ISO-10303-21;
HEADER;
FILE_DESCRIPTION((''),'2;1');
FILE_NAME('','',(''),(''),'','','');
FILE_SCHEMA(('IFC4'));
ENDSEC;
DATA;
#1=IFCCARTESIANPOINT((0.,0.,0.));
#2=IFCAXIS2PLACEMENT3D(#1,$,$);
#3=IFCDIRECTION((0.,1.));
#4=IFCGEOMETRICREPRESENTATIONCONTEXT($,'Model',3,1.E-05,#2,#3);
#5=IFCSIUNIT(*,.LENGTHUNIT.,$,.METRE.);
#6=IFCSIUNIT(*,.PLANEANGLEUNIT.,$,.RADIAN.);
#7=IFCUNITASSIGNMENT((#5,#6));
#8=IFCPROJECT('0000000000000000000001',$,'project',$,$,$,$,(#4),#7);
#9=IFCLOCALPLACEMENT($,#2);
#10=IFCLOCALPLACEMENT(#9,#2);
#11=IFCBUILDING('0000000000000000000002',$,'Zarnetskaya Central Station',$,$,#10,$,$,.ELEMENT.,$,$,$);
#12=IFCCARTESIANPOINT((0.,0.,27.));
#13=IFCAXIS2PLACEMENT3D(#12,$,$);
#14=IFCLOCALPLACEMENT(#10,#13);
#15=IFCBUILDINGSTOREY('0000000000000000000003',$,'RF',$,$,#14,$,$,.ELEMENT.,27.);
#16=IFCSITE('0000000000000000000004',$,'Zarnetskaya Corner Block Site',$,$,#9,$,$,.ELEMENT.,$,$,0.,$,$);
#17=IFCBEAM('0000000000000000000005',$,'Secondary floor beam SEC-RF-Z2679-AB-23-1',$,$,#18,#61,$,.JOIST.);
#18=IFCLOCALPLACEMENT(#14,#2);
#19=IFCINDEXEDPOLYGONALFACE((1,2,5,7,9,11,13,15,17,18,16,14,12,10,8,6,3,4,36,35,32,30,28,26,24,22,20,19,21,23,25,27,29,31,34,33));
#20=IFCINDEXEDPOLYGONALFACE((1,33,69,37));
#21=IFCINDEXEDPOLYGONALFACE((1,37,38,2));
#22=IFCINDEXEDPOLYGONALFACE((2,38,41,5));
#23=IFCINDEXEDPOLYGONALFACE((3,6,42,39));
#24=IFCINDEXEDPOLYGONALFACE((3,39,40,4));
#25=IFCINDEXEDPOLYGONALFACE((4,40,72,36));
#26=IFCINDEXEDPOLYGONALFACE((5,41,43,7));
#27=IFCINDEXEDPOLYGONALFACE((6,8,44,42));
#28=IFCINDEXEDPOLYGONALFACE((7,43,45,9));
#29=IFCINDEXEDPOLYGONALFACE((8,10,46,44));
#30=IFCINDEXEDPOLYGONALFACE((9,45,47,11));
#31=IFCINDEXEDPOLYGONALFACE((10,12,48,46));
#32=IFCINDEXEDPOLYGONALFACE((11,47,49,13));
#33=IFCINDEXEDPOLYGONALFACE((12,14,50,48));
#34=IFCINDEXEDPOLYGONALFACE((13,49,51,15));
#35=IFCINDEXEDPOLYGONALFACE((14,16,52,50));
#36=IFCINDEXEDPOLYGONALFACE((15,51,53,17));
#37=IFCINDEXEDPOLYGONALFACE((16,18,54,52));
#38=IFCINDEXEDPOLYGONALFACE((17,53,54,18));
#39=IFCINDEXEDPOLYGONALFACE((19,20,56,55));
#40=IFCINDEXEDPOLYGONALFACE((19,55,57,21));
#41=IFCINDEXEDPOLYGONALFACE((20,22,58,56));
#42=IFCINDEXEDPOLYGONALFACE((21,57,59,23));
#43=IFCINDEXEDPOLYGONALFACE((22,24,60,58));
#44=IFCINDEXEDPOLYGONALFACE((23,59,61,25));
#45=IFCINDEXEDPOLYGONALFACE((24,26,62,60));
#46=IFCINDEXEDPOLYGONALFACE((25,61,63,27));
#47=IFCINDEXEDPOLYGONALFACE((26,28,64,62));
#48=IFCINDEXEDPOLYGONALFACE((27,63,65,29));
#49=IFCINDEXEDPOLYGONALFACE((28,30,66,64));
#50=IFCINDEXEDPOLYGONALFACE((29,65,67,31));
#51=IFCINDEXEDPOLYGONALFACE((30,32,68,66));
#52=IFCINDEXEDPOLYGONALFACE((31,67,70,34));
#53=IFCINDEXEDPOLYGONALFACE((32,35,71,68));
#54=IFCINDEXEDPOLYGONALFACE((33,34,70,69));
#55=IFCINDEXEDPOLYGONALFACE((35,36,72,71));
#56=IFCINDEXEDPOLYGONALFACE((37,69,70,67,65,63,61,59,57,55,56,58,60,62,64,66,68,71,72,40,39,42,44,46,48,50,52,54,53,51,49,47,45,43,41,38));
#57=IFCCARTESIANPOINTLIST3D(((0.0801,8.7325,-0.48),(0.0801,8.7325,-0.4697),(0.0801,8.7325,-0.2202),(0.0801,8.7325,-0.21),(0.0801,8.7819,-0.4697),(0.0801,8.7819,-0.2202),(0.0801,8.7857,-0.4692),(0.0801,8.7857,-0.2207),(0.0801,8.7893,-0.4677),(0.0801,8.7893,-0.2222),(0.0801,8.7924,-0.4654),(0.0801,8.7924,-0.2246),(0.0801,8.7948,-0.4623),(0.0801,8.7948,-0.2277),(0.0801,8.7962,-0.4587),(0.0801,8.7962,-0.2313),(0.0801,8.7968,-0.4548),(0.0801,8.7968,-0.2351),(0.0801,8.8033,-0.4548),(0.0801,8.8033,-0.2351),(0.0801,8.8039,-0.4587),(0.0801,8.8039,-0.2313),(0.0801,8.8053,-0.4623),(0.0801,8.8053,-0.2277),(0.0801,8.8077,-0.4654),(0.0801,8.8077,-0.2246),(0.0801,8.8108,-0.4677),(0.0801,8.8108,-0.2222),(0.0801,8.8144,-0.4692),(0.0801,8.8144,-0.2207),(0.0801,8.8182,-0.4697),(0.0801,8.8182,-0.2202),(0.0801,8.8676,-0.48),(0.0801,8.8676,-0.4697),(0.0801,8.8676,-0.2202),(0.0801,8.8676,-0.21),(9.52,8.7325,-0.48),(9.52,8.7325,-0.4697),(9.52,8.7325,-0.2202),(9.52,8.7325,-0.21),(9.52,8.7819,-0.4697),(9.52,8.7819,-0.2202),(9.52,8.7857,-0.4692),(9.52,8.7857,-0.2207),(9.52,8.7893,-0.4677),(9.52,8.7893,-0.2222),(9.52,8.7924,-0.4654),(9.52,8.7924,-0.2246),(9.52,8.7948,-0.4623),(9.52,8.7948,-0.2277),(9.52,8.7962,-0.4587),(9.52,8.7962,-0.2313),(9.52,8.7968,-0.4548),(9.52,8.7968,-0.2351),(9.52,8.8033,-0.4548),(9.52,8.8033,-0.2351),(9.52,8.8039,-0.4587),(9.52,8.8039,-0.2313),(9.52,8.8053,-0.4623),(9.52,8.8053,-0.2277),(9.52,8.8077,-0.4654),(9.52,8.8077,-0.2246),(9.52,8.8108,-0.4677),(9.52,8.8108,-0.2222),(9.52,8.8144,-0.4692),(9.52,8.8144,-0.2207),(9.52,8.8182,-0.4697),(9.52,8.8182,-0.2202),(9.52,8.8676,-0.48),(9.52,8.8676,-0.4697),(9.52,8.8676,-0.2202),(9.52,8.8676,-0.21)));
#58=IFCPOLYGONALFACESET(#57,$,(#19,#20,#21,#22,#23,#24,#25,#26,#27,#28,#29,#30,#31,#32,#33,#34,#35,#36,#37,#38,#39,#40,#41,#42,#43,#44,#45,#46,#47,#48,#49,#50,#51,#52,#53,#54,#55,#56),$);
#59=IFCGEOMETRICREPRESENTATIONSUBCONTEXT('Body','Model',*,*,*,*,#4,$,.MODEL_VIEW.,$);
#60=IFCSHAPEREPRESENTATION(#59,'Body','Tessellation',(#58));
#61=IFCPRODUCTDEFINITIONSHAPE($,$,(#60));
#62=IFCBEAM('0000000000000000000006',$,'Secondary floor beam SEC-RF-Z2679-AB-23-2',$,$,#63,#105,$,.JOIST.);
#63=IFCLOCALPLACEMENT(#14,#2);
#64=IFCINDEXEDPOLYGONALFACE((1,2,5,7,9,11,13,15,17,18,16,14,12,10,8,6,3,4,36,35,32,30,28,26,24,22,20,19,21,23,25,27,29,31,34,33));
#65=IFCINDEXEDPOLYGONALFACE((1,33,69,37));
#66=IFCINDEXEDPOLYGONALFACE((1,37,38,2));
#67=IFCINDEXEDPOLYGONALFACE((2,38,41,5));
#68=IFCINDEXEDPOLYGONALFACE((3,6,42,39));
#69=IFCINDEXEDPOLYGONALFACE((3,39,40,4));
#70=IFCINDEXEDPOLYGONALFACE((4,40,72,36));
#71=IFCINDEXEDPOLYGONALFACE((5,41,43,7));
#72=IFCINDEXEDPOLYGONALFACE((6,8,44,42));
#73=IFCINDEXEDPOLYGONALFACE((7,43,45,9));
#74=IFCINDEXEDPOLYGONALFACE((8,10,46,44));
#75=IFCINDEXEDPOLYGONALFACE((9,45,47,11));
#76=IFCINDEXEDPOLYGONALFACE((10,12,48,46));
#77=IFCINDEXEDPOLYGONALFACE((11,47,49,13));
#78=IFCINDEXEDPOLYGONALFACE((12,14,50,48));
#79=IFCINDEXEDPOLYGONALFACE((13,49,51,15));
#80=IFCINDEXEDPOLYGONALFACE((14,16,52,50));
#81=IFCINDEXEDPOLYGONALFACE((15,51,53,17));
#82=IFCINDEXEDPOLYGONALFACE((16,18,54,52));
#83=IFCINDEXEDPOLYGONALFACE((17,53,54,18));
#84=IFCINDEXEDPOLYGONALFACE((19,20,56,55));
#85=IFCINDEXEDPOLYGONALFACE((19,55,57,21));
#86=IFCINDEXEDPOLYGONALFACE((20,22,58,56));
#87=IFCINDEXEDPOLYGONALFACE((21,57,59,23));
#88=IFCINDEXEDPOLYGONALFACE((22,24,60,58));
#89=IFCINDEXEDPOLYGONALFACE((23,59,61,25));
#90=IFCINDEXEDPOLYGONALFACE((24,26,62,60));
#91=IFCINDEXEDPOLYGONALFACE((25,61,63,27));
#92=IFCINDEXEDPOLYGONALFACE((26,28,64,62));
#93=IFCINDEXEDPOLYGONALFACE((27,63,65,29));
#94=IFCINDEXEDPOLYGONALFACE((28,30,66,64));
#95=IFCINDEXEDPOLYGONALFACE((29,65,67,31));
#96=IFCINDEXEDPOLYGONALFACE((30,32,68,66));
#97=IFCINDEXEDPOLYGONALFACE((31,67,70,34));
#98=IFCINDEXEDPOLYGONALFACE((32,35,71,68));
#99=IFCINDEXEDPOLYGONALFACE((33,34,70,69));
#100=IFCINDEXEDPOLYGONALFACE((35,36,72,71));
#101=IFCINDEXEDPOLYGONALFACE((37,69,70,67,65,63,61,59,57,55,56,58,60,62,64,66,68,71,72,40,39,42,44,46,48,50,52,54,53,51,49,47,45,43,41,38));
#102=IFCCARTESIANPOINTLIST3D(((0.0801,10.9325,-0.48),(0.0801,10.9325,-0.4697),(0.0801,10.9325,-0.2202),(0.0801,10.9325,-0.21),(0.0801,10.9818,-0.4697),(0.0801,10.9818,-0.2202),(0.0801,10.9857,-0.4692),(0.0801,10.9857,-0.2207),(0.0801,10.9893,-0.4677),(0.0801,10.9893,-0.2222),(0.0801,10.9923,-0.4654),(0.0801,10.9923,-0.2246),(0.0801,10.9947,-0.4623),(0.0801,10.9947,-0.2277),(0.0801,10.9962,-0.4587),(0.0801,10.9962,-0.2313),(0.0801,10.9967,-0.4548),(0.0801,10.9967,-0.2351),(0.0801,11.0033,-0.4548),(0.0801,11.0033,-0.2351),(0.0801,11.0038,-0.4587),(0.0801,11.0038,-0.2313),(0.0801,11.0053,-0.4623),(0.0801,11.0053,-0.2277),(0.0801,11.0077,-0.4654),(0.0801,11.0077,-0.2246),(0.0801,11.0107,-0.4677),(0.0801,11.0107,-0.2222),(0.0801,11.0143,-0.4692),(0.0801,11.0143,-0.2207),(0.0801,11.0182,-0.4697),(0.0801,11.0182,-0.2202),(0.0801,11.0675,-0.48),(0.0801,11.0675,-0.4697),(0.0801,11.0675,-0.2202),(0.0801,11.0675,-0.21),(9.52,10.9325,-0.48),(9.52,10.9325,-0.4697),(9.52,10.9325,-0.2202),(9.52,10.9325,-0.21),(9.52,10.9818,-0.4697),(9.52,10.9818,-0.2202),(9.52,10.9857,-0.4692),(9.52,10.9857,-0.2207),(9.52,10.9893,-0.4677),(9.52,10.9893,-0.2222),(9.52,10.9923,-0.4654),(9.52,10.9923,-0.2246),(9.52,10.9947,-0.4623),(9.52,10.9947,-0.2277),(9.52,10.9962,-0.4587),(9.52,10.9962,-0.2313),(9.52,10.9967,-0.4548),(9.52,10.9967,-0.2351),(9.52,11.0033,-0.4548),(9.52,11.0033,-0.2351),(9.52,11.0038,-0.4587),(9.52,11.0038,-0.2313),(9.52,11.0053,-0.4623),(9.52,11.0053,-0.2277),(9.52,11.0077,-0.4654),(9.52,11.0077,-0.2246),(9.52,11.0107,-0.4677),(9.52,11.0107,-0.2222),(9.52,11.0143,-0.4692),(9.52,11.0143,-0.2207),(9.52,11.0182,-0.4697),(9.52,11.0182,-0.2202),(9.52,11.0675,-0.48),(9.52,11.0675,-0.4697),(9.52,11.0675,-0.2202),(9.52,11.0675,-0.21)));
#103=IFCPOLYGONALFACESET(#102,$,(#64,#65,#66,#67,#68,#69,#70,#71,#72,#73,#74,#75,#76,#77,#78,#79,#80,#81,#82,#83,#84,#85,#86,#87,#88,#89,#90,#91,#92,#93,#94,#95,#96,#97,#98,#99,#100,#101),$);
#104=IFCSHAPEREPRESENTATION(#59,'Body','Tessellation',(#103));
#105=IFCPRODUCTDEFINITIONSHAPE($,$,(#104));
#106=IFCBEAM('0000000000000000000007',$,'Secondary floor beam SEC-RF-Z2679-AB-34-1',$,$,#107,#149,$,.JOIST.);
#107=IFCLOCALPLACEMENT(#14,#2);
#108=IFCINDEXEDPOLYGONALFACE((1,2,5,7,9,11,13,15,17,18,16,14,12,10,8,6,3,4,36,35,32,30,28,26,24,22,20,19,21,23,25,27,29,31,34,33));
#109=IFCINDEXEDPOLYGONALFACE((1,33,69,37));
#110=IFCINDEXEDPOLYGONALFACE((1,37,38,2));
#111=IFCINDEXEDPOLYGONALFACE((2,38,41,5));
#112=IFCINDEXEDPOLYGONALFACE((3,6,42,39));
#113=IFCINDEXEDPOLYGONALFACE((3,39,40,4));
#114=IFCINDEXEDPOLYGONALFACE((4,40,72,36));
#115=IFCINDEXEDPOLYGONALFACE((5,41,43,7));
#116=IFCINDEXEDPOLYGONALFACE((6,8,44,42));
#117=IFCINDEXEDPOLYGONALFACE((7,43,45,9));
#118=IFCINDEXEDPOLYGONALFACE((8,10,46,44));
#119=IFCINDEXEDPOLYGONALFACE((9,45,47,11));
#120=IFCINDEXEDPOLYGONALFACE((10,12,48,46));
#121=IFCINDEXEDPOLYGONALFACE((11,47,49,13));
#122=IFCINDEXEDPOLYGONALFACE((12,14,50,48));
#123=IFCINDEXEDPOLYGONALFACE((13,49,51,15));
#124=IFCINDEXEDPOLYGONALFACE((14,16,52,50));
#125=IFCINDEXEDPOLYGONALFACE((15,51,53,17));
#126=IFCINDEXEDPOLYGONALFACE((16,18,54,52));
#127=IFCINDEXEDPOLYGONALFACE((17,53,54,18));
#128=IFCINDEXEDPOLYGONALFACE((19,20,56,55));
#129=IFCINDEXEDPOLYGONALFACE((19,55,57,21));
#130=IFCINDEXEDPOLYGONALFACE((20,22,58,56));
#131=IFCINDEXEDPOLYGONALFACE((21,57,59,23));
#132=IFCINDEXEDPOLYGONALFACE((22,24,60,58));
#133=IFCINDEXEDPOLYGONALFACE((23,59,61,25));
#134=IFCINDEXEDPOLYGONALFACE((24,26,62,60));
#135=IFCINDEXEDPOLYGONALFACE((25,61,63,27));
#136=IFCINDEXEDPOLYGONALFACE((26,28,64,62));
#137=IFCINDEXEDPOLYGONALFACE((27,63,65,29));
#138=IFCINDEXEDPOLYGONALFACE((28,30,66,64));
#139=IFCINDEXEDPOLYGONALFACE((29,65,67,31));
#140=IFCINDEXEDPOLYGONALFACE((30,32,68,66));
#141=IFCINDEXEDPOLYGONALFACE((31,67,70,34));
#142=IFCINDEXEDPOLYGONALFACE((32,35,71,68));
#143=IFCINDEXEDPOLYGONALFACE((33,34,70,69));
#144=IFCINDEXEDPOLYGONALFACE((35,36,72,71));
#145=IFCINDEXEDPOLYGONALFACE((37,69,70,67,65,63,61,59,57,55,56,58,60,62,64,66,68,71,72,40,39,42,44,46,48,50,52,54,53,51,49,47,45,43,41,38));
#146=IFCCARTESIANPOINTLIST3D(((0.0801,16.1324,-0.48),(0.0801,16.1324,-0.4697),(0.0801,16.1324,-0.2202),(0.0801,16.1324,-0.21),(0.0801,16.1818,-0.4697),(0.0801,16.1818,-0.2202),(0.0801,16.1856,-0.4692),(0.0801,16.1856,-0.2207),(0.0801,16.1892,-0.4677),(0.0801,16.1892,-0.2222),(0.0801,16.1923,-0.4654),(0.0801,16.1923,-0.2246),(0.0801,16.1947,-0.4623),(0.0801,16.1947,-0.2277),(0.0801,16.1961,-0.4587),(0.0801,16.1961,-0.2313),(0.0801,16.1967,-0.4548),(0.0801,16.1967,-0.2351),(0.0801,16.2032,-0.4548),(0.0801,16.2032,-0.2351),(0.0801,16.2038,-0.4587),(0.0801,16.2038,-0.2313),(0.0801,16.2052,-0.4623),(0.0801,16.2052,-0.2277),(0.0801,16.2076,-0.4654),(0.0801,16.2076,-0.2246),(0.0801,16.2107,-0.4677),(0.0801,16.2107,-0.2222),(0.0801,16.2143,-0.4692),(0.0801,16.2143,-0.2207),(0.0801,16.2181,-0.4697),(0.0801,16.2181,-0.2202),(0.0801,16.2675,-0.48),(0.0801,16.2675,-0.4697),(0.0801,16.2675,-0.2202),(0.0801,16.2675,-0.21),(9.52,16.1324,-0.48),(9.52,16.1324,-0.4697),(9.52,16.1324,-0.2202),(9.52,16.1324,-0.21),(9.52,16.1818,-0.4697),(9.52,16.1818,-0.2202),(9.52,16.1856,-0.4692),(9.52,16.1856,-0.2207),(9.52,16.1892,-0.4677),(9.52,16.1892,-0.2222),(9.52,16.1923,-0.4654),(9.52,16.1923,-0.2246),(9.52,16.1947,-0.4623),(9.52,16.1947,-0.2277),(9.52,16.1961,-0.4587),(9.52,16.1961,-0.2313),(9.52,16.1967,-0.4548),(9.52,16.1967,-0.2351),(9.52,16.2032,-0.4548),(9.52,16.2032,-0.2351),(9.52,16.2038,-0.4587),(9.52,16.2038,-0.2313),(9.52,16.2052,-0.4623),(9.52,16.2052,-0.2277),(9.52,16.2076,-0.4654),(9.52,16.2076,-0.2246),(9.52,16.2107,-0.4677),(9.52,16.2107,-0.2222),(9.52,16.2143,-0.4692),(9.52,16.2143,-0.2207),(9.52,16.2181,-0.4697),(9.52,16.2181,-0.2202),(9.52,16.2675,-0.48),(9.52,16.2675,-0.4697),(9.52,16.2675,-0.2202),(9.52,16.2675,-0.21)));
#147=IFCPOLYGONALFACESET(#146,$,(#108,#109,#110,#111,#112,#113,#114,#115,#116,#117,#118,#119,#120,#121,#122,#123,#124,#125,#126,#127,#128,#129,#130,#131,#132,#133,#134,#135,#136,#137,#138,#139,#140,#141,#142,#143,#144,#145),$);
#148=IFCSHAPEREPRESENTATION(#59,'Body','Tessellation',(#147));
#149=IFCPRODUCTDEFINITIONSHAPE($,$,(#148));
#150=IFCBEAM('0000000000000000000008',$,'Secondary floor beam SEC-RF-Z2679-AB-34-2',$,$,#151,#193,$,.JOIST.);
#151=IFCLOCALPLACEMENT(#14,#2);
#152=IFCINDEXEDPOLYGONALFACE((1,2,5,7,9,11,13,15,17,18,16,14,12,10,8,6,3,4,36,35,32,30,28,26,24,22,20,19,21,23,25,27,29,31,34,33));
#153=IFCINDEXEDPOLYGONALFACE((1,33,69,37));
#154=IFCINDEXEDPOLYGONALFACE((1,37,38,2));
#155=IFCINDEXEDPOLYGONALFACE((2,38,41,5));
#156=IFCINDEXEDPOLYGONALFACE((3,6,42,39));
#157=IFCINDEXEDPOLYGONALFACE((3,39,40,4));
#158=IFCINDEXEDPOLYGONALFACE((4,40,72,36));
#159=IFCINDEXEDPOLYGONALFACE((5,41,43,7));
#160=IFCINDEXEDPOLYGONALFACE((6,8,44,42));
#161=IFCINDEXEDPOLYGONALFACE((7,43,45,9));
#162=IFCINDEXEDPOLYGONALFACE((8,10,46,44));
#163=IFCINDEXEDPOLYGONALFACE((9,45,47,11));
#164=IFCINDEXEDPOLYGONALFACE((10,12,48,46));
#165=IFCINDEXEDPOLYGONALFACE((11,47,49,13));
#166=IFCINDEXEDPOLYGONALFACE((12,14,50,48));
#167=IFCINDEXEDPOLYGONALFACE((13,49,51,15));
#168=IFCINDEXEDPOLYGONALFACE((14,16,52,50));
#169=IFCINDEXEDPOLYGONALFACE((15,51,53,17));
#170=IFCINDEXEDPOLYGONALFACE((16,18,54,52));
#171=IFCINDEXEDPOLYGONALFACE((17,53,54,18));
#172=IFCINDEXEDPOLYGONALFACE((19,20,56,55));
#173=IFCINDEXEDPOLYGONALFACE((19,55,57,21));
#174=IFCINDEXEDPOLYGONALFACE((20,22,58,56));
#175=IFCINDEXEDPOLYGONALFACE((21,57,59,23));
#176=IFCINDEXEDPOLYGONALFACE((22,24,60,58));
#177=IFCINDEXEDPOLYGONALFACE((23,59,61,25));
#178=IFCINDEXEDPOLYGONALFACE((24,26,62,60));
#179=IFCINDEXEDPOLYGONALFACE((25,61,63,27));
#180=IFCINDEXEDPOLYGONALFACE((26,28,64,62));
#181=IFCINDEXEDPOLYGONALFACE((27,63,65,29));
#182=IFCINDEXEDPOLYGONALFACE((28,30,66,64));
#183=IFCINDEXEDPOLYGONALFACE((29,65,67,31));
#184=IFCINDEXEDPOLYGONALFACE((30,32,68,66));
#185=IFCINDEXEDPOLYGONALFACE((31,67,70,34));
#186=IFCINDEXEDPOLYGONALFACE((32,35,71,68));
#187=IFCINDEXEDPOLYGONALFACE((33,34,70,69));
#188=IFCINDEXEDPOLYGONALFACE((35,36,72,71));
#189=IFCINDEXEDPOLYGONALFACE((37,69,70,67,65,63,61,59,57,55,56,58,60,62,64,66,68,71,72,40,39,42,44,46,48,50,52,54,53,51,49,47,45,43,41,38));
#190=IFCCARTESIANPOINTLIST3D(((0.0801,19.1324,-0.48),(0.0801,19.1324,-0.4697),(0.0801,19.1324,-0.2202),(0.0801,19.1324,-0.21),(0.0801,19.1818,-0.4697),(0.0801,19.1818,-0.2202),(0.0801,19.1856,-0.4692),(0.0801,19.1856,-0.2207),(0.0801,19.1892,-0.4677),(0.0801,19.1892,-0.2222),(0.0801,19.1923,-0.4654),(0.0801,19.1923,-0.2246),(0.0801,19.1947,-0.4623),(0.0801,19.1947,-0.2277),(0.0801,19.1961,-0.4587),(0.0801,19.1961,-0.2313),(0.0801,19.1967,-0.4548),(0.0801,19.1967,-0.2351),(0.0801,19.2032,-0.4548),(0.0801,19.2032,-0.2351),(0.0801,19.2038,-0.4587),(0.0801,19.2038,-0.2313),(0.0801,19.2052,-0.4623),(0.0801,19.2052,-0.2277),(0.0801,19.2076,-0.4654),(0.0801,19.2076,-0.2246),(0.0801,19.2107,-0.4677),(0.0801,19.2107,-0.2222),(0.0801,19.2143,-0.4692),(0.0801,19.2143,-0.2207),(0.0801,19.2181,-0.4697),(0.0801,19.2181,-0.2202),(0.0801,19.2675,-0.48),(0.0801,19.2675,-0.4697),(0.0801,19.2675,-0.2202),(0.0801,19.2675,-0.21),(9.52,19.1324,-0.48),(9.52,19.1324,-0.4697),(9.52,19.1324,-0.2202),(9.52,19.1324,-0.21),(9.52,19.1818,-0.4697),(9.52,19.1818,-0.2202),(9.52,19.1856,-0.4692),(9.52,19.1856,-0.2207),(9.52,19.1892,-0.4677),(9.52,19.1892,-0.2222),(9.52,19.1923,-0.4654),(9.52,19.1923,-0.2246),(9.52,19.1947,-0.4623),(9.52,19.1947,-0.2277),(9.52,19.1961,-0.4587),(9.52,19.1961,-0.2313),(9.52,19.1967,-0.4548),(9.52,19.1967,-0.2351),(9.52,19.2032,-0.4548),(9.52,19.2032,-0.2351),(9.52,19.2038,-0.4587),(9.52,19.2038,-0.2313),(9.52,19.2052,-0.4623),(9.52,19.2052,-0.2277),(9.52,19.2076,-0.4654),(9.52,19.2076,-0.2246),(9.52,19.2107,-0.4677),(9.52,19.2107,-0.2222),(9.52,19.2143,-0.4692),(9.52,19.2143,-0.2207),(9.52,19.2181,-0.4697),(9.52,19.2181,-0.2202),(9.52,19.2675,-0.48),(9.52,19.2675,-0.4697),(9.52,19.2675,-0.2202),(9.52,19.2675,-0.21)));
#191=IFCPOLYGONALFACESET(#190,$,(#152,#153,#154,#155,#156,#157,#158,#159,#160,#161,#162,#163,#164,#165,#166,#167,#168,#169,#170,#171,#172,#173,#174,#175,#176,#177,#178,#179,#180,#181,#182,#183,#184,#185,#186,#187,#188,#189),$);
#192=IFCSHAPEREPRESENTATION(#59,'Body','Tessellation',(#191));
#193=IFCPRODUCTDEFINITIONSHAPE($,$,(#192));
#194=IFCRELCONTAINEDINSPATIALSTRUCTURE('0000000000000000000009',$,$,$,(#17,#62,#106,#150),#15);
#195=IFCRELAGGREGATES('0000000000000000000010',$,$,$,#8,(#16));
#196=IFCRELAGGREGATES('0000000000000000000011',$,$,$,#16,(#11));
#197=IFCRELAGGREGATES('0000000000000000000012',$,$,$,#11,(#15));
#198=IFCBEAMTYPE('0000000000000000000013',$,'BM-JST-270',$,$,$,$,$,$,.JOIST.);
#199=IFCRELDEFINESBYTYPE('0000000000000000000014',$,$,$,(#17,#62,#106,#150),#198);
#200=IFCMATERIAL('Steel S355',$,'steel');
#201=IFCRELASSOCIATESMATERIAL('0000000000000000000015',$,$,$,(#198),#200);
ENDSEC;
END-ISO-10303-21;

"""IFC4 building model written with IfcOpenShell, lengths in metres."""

from ifc_helpers import new_model, si_unit, direction, frame, origin, origin_2d, place, context, subcontext, project, spatial, i_section, extrude, material, material_profile, profile_set, type_object, element, save


model = new_model("IFC4")

# Units and contexts
model_context = context("Model", 3, precision=1e-05, world=origin(), true_north=direction((0.0, 1.0)))
body_context = subcontext(model_context, "Body", "Model", "MODEL_VIEW")
ifc_project = project(units=[si_unit("LENGTHUNIT", "METRE"), si_unit("PLANEANGLEUNIT", "RADIAN")], contexts=[model_context])

# Site, building, storey
site_placement = place(None, origin())
site = spatial("IfcSite", under=ifc_project, at=site_placement, Name="Zarnetskaya Corner Block Site", CompositionType="ELEMENT", RefElevation=0.0)
building_placement = place(site_placement, origin())
building = spatial("IfcBuilding", under=site, at=building_placement, Name="Zarnetskaya Central Station", CompositionType="ELEMENT")
storey_placement = place(building_placement, frame((0.0, 0.0, 27.0)))
storey = spatial("IfcBuildingStorey", under=building, at=storey_placement, Name="RF", CompositionType="ELEMENT", Elevation=27.0)

# Beams
ifc_material = material(Name="Steel S355", Category="steel")
ifc_material_profile_1 = material_profile(ifc_material, i_section(OverallWidth=0.135, OverallDepth=0.27, WebThickness=0.0066, FlangeThickness=0.0103, FilletRadius=0.0149, at=origin_2d()), Name="IPE 270")
ifc_profile_set_1 = profile_set([ifc_material_profile_1], Name="Steel S355")
beam_type_1 = type_object("IfcBeamType", Name="BM-JST-270", PredefinedType="JOIST", material=ifc_profile_set_1)
for number, where, z_axis, x_axis, name in (
    (1, (0.0801, 8.8, -0.345), (1.0, 0.0, 0.0), (0.0, 1.0, 0.0), "Secondary floor beam SEC-RF-Z2679-AB-23-1"),
    (2, (0.0801, 11.0, -0.345), (1.0, 0.0, 0.0), (0.0, 1.0, 0.0), "Secondary floor beam SEC-RF-Z2679-AB-23-2"),
    (3, (0.0801, 16.2, -0.345), (1.0, 0.0, 0.0), (0.0, 1.0, 0.0), "Secondary floor beam SEC-RF-Z2679-AB-34-1"),
    (4, (0.0801, 19.2, -0.345), (1.0, 0.0, 0.0), (0.0, 1.0, 0.0), "Secondary floor beam SEC-RF-Z2679-AB-34-2"),
):
    element("IfcBeam", number, at=place(storey_placement, frame(where, z_axis=z_axis, x_axis=x_axis)), inside=storey, type_object=beam_type_1, Name=name, PredefinedType="JOIST", context=body_context, shape_type="SweptSolid", body=[
        extrude(i_section(OverallWidth=0.135, OverallDepth=0.27, WebThickness=0.0066, FlangeThickness=0.0103, FilletRadius=0.0149, at=origin_2d()), origin(), (0.0, 0.0, 1.0), 9.4399),
    ])

save(model, "model.ifc")
